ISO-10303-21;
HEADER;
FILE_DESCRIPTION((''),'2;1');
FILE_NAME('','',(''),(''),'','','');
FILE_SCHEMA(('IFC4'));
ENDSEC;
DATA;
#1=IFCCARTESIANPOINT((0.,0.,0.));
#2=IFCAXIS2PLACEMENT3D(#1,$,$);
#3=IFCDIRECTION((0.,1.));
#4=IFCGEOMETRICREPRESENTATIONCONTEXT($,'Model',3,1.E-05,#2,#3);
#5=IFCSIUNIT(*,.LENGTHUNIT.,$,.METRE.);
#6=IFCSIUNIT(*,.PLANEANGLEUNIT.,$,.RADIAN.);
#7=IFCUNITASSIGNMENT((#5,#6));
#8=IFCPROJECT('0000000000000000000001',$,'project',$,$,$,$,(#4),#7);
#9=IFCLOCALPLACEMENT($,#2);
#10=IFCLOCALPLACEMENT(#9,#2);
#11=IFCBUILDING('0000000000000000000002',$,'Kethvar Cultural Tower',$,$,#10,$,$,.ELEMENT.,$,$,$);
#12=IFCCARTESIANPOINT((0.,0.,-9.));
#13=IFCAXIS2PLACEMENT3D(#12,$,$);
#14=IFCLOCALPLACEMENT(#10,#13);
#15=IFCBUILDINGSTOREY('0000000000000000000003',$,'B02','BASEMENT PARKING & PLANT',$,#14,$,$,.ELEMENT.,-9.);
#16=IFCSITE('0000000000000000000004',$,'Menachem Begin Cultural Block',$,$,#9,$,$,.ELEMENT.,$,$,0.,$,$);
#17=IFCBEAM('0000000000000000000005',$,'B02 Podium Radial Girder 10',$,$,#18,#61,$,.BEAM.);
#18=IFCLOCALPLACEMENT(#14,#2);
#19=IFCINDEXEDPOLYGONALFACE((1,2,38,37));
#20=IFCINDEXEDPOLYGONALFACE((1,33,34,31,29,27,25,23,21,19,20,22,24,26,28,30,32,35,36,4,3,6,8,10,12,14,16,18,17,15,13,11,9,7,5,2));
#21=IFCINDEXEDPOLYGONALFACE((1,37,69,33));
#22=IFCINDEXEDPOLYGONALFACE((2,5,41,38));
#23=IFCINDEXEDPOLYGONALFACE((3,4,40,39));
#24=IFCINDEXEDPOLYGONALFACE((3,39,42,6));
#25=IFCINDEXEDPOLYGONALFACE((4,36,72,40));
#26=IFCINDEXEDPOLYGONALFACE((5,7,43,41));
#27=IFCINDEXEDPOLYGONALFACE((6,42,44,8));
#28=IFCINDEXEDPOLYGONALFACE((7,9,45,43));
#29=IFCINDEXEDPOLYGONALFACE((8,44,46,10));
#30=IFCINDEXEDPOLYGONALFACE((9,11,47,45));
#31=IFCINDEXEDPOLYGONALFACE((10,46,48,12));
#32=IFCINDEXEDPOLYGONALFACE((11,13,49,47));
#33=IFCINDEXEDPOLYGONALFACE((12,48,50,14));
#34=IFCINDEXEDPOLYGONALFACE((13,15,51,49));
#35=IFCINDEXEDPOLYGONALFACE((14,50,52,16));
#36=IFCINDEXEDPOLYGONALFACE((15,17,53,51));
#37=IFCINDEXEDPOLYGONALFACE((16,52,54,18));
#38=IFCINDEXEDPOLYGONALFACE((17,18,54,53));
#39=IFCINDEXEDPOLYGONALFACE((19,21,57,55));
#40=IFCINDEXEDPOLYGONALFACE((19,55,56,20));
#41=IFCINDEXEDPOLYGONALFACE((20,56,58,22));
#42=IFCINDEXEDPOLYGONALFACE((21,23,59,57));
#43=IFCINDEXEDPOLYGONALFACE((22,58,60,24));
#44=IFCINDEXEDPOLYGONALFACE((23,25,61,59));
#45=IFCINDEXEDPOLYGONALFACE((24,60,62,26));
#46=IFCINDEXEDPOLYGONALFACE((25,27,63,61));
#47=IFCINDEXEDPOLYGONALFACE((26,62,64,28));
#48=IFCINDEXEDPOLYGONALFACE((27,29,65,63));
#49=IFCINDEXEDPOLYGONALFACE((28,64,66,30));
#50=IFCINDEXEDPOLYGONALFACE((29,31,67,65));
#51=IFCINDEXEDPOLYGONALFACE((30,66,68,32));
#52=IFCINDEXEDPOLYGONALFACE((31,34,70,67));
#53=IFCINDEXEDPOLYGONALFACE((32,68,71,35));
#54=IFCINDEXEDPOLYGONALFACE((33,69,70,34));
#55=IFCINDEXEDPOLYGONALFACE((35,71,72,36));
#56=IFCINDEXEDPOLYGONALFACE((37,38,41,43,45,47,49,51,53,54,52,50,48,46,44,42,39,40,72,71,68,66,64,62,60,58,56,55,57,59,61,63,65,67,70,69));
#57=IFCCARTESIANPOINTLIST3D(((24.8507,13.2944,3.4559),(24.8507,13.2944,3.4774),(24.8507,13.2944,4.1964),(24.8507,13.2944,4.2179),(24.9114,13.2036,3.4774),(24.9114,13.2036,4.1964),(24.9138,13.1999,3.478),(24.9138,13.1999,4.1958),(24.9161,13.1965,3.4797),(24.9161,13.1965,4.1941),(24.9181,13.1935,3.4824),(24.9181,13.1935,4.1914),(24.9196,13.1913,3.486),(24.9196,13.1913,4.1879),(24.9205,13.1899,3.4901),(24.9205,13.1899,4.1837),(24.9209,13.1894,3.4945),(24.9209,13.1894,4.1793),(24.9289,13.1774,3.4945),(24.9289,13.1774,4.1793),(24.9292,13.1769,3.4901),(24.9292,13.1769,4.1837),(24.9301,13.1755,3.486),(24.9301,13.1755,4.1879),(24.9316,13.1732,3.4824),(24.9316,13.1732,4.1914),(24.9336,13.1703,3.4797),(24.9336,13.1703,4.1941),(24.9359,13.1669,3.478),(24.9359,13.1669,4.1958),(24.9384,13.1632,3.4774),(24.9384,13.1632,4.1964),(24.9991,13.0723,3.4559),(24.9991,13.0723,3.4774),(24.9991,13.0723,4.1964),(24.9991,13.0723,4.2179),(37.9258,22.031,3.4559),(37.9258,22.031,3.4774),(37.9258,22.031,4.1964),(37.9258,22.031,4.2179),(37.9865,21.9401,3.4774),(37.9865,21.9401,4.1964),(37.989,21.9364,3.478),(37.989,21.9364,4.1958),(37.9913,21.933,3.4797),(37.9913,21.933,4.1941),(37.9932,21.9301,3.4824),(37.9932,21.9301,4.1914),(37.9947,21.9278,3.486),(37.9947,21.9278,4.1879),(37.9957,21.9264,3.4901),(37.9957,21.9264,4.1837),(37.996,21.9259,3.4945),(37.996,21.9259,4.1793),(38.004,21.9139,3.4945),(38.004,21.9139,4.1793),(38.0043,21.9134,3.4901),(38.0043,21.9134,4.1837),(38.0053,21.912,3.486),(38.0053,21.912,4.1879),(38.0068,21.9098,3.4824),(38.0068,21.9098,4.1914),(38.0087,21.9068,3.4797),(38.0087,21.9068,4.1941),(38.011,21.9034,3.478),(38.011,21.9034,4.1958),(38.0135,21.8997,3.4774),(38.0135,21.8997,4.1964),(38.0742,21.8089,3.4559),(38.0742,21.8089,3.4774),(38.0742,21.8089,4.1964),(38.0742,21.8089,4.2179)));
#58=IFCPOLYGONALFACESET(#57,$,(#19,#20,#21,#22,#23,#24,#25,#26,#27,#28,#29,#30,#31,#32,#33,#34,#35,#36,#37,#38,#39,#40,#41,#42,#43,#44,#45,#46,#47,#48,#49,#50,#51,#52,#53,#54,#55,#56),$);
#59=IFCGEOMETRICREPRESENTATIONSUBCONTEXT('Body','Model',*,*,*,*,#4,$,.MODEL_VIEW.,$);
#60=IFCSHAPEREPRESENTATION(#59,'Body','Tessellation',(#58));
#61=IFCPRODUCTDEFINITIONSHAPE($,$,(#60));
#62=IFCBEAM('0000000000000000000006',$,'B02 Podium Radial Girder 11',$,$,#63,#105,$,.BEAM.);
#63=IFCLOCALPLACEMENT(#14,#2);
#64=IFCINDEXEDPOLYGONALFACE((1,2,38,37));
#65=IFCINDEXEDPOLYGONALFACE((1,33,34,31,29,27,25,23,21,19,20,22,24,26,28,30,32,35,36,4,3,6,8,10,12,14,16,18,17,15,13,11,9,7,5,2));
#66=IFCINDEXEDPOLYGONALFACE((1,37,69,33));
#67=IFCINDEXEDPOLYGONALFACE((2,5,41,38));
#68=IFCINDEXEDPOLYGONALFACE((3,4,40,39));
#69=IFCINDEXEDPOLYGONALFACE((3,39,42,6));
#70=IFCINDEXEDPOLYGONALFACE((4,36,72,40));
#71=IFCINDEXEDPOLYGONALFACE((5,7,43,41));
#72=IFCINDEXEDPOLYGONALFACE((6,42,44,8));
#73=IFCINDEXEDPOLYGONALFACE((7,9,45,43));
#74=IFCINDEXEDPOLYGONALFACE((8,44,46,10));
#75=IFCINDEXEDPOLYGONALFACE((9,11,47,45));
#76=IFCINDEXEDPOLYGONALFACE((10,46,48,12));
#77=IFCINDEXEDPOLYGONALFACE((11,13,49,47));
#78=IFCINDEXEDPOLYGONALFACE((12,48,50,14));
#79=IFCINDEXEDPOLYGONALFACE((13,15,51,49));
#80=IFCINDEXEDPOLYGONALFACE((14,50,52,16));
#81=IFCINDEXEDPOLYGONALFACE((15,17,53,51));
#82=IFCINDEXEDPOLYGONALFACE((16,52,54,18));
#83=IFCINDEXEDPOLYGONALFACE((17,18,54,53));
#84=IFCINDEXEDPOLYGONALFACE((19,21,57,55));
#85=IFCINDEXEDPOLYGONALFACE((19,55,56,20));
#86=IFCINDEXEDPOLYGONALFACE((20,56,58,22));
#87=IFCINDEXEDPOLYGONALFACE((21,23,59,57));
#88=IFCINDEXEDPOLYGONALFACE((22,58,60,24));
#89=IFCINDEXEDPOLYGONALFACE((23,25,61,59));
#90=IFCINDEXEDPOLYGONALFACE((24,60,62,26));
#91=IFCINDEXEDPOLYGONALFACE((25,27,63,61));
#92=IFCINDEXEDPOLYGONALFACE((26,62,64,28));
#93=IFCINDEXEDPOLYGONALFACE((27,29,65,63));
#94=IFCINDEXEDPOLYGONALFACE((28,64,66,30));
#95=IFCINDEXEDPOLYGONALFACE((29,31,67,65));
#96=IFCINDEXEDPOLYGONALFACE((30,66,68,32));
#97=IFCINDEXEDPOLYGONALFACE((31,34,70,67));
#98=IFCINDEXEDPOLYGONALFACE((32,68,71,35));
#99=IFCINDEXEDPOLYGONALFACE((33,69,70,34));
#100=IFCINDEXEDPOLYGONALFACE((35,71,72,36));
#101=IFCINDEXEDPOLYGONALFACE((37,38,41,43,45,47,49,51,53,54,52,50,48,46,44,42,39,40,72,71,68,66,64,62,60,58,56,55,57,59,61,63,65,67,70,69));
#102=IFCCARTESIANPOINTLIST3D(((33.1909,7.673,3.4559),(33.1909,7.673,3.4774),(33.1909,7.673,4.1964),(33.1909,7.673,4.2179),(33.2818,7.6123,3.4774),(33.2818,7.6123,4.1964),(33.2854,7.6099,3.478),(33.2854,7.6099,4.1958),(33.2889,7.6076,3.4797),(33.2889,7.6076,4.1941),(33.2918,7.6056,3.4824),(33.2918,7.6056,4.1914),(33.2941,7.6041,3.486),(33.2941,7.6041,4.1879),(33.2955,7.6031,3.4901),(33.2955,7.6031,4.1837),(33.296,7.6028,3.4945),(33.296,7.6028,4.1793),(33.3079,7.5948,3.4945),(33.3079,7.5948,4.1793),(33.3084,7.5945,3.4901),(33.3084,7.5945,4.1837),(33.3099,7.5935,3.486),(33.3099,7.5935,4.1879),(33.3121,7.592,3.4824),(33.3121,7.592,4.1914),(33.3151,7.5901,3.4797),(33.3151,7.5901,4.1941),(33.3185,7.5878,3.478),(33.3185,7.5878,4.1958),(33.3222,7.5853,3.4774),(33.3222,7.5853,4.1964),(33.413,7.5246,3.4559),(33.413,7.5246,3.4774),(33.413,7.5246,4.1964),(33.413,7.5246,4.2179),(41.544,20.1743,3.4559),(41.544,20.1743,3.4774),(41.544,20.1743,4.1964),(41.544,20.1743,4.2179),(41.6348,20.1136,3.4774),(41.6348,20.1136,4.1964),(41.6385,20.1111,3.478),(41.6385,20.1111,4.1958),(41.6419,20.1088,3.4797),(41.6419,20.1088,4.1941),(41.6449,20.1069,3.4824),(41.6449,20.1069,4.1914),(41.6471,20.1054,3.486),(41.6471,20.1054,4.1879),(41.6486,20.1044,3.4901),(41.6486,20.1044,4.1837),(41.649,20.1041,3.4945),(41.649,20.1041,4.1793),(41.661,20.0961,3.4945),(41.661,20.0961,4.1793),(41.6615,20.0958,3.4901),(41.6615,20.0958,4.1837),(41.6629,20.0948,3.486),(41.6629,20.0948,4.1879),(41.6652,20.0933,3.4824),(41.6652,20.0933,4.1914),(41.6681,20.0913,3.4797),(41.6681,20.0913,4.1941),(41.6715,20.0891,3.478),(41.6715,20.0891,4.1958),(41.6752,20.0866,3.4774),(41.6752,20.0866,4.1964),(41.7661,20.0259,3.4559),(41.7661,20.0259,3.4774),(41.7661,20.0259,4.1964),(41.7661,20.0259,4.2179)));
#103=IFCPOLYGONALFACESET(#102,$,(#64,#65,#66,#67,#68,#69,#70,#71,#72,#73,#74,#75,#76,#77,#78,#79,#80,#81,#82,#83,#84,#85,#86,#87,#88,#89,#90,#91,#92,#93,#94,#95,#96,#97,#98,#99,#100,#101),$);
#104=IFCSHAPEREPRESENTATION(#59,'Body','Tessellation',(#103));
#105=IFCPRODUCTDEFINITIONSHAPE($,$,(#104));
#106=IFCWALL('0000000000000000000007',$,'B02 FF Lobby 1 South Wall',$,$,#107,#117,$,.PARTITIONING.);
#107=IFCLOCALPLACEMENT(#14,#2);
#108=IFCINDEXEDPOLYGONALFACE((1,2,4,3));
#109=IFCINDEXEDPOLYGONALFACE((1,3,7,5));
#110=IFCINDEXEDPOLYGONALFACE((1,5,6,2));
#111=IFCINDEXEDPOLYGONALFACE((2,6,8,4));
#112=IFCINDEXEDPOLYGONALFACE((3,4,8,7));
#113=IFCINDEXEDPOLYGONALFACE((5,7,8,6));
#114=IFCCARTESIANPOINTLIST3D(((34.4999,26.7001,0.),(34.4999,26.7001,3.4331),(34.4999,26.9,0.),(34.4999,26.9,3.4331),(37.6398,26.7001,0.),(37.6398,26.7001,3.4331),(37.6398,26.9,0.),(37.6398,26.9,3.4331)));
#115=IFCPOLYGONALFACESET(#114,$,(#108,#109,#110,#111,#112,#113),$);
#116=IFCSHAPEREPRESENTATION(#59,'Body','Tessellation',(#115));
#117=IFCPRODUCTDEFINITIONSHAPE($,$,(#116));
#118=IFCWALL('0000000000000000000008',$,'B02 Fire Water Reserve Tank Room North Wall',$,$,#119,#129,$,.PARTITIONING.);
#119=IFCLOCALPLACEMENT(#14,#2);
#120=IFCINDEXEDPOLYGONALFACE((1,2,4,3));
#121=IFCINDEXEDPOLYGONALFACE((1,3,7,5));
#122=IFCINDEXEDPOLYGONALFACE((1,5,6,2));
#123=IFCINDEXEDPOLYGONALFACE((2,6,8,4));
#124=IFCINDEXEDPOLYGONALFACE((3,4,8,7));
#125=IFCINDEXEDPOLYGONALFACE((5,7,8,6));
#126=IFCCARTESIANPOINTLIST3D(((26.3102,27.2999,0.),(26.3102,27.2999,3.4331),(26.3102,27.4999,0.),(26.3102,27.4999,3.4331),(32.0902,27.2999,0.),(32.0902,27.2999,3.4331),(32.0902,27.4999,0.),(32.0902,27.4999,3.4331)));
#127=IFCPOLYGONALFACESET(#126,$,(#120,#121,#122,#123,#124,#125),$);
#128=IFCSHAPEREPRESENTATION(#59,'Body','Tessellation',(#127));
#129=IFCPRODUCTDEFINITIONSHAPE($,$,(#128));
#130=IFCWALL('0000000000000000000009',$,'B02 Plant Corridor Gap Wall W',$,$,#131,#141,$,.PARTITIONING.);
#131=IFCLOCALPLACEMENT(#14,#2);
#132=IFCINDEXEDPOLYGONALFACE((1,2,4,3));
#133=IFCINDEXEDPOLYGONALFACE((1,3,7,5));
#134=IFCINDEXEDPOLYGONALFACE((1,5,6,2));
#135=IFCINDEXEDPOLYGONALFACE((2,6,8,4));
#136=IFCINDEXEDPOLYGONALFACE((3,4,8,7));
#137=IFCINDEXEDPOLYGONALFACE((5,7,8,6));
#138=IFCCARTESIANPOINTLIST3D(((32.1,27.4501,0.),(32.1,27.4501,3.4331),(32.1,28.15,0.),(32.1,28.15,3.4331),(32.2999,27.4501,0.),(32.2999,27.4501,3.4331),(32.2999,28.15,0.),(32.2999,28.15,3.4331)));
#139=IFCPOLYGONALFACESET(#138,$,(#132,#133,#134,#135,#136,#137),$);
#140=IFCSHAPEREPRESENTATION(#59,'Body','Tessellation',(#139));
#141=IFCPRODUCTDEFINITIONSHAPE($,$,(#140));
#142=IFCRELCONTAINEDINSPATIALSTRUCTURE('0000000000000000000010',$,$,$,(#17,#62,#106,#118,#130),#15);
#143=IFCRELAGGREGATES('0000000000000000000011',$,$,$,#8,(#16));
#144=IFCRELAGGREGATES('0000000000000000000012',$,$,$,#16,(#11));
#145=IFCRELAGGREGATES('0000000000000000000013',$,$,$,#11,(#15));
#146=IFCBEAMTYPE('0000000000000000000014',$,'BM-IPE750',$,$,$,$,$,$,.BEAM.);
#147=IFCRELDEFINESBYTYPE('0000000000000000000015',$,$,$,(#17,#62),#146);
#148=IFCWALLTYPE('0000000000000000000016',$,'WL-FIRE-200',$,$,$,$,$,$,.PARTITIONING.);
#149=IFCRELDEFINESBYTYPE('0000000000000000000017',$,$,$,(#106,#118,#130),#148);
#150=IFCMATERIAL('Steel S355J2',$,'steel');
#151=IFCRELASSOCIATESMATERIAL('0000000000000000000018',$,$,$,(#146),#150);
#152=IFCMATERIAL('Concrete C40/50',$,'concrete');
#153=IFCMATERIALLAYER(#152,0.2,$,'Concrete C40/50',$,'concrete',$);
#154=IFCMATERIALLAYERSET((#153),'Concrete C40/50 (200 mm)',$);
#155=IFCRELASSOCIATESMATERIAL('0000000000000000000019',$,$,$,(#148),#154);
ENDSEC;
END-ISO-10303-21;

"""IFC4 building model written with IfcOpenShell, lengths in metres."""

from ifc_helpers import new_model, si_unit, direction, frame, frame_2d, origin, origin_2d, place, context, subcontext, project, spatial, rectangle, i_section, extrude, source, transform, mapped, material, layer, layer_set, material_profile, profile_set, type_object, element, save


model = new_model("IFC4")

# Units and contexts
model_context = context("Model", 3, precision=1e-05, world=origin(), true_north=direction((0.0, 1.0)))
body_context = subcontext(model_context, "Body", "Model", "MODEL_VIEW")
ifc_project = project(units=[si_unit("LENGTHUNIT", "METRE"), si_unit("PLANEANGLEUNIT", "RADIAN")], contexts=[model_context])

# Site, building, storey
site_placement = place(None, origin())
site = spatial("IfcSite", under=ifc_project, at=site_placement, Name="Menachem Begin Cultural Block", CompositionType="ELEMENT", RefElevation=0.0)
building_placement = place(site_placement, origin())
building = spatial("IfcBuilding", under=site, at=building_placement, Name="Kethvar Cultural Tower", CompositionType="ELEMENT")
storey_placement = place(building_placement, frame((0.0, 0.0, -9.0)))
storey = spatial("IfcBuildingStorey", under=building, at=storey_placement, Name="B02", Description="BASEMENT PARKING & PLANT", CompositionType="ELEMENT", Elevation=-9.0)

# Beams
ifc_material_1 = material(Name="Steel S355J2", Category="steel")
ifc_material_profile_1 = material_profile(ifc_material_1, i_section(OverallWidth=0.2671, OverallDepth=0.762, WebThickness=0.0144, FlangeThickness=0.0215, FilletRadius=0.0171, at=origin_2d()), Name="Steel S355J2 — IPE750x173")
ifc_profile_set_1 = profile_set([ifc_material_profile_1], Name="Steel S355J2 — IPE750x173")
beam_type = type_object("IfcBeamType", Name="BM-IPE750", PredefinedType="BEAM", material=ifc_profile_set_1)
shared_shape_1 = source(origin(), body_context, "Body", "SweptSolid", [
    extrude(i_section(OverallWidth=0.2671, OverallDepth=0.762, WebThickness=0.0144, FlangeThickness=0.0215, FilletRadius=0.0171, at=origin_2d()), origin(), (0.0, 0.0, 1.0), 15.7253),
])
beam_1_placement = place(storey_placement, frame((38.0, 21.9199, 3.8369), z_axis=(-0.831469, -0.55557, 0.0), x_axis=(0.55557, -0.831469, 0.0)))
element("IfcBeam", 1, at=beam_1_placement, inside=storey, type_object=beam_type, Name="B02 Podium Radial Girder 10", PredefinedType="BEAM", context=body_context, shape_type="MappedRepresentation", body=[
    mapped(shared_shape_1, transform((0.0, 0.0, 0.0), scale=1.0)),
])
shared_shape_2 = source(origin(), body_context, "Body", "SweptSolid", [
    extrude(i_section(OverallWidth=0.2671, OverallDepth=0.762, WebThickness=0.0144, FlangeThickness=0.0215, FilletRadius=0.0171, at=origin_2d()), origin(), (0.0, 0.0, 1.0), 15.0352),
])
beam_2_placement = place(storey_placement, frame((41.655, 20.1001, 3.8369), z_axis=(-0.555569, -0.83147, 0.0), x_axis=(0.83147, -0.555569, 0.0)))
element("IfcBeam", 2, at=beam_2_placement, inside=storey, type_object=beam_type, Name="B02 Podium Radial Girder 11", PredefinedType="BEAM", context=body_context, shape_type="MappedRepresentation", body=[
    mapped(shared_shape_2, transform((0.0, 0.0, 0.0), scale=1.0)),
])

# Walls
ifc_material_2 = material(Name="Concrete C40/50", Category="concrete")
ifc_layer_1 = layer(ifc_material_2, 0.2, Name="Concrete C40/50", Category="concrete")
ifc_layer_set_1 = layer_set([ifc_layer_1], Name="Concrete C40/50 (200 mm)")
wall_type_1 = type_object("IfcWallType", Name="WL-FIRE-200", PredefinedType="PARTITIONING", material=ifc_layer_set_1)
wall_1_placement = place(storey_placement, frame((34.5, 26.8, 0.0), z_axis=(0.0, 0.0, 1.0), x_axis=(1.0, 0.0, 0.0)))
element("IfcWall", 3, at=wall_1_placement, inside=storey, type_object=wall_type_1, Name="B02 FF Lobby 1 South Wall", PredefinedType="PARTITIONING", context=body_context, shape_type="SweptSolid", body=[
    extrude(rectangle(XDim=3.1399, YDim=0.2, at=frame_2d((1.5698, 0.0))), origin(), (0.0, 0.0, 1.0), 3.4331),
])
wall_2_placement = place(storey_placement, frame((26.3101, 27.3999, 0.0), z_axis=(0.0, 0.0, 1.0), x_axis=(1.0, 0.0, 0.0)))
element("IfcWall", 4, at=wall_2_placement, inside=storey, type_object=wall_type_1, Name="B02 Fire Water Reserve Tank Room North Wall", PredefinedType="PARTITIONING", context=body_context, shape_type="SweptSolid", body=[
    extrude(rectangle(XDim=5.78, YDim=0.2, at=frame_2d((2.8901, 0.0))), origin(), (0.0, 0.0, 1.0), 3.4331),
])
wall_3_placement = place(storey_placement, frame((32.2, 27.45, 0.0), z_axis=(0.0, 0.0, 1.0), x_axis=(0.0, 1.0, 0.0)))
element("IfcWall", 5, at=wall_3_placement, inside=storey, type_object=wall_type_1, Name="B02 Plant Corridor Gap Wall W", PredefinedType="PARTITIONING", context=body_context, shape_type="SweptSolid", body=[
    extrude(rectangle(XDim=0.7, YDim=0.2, at=frame_2d((0.3501, 0.0))), origin(), (0.0, 0.0, 1.0), 3.4331),
])

save(model, "model.ifc")
